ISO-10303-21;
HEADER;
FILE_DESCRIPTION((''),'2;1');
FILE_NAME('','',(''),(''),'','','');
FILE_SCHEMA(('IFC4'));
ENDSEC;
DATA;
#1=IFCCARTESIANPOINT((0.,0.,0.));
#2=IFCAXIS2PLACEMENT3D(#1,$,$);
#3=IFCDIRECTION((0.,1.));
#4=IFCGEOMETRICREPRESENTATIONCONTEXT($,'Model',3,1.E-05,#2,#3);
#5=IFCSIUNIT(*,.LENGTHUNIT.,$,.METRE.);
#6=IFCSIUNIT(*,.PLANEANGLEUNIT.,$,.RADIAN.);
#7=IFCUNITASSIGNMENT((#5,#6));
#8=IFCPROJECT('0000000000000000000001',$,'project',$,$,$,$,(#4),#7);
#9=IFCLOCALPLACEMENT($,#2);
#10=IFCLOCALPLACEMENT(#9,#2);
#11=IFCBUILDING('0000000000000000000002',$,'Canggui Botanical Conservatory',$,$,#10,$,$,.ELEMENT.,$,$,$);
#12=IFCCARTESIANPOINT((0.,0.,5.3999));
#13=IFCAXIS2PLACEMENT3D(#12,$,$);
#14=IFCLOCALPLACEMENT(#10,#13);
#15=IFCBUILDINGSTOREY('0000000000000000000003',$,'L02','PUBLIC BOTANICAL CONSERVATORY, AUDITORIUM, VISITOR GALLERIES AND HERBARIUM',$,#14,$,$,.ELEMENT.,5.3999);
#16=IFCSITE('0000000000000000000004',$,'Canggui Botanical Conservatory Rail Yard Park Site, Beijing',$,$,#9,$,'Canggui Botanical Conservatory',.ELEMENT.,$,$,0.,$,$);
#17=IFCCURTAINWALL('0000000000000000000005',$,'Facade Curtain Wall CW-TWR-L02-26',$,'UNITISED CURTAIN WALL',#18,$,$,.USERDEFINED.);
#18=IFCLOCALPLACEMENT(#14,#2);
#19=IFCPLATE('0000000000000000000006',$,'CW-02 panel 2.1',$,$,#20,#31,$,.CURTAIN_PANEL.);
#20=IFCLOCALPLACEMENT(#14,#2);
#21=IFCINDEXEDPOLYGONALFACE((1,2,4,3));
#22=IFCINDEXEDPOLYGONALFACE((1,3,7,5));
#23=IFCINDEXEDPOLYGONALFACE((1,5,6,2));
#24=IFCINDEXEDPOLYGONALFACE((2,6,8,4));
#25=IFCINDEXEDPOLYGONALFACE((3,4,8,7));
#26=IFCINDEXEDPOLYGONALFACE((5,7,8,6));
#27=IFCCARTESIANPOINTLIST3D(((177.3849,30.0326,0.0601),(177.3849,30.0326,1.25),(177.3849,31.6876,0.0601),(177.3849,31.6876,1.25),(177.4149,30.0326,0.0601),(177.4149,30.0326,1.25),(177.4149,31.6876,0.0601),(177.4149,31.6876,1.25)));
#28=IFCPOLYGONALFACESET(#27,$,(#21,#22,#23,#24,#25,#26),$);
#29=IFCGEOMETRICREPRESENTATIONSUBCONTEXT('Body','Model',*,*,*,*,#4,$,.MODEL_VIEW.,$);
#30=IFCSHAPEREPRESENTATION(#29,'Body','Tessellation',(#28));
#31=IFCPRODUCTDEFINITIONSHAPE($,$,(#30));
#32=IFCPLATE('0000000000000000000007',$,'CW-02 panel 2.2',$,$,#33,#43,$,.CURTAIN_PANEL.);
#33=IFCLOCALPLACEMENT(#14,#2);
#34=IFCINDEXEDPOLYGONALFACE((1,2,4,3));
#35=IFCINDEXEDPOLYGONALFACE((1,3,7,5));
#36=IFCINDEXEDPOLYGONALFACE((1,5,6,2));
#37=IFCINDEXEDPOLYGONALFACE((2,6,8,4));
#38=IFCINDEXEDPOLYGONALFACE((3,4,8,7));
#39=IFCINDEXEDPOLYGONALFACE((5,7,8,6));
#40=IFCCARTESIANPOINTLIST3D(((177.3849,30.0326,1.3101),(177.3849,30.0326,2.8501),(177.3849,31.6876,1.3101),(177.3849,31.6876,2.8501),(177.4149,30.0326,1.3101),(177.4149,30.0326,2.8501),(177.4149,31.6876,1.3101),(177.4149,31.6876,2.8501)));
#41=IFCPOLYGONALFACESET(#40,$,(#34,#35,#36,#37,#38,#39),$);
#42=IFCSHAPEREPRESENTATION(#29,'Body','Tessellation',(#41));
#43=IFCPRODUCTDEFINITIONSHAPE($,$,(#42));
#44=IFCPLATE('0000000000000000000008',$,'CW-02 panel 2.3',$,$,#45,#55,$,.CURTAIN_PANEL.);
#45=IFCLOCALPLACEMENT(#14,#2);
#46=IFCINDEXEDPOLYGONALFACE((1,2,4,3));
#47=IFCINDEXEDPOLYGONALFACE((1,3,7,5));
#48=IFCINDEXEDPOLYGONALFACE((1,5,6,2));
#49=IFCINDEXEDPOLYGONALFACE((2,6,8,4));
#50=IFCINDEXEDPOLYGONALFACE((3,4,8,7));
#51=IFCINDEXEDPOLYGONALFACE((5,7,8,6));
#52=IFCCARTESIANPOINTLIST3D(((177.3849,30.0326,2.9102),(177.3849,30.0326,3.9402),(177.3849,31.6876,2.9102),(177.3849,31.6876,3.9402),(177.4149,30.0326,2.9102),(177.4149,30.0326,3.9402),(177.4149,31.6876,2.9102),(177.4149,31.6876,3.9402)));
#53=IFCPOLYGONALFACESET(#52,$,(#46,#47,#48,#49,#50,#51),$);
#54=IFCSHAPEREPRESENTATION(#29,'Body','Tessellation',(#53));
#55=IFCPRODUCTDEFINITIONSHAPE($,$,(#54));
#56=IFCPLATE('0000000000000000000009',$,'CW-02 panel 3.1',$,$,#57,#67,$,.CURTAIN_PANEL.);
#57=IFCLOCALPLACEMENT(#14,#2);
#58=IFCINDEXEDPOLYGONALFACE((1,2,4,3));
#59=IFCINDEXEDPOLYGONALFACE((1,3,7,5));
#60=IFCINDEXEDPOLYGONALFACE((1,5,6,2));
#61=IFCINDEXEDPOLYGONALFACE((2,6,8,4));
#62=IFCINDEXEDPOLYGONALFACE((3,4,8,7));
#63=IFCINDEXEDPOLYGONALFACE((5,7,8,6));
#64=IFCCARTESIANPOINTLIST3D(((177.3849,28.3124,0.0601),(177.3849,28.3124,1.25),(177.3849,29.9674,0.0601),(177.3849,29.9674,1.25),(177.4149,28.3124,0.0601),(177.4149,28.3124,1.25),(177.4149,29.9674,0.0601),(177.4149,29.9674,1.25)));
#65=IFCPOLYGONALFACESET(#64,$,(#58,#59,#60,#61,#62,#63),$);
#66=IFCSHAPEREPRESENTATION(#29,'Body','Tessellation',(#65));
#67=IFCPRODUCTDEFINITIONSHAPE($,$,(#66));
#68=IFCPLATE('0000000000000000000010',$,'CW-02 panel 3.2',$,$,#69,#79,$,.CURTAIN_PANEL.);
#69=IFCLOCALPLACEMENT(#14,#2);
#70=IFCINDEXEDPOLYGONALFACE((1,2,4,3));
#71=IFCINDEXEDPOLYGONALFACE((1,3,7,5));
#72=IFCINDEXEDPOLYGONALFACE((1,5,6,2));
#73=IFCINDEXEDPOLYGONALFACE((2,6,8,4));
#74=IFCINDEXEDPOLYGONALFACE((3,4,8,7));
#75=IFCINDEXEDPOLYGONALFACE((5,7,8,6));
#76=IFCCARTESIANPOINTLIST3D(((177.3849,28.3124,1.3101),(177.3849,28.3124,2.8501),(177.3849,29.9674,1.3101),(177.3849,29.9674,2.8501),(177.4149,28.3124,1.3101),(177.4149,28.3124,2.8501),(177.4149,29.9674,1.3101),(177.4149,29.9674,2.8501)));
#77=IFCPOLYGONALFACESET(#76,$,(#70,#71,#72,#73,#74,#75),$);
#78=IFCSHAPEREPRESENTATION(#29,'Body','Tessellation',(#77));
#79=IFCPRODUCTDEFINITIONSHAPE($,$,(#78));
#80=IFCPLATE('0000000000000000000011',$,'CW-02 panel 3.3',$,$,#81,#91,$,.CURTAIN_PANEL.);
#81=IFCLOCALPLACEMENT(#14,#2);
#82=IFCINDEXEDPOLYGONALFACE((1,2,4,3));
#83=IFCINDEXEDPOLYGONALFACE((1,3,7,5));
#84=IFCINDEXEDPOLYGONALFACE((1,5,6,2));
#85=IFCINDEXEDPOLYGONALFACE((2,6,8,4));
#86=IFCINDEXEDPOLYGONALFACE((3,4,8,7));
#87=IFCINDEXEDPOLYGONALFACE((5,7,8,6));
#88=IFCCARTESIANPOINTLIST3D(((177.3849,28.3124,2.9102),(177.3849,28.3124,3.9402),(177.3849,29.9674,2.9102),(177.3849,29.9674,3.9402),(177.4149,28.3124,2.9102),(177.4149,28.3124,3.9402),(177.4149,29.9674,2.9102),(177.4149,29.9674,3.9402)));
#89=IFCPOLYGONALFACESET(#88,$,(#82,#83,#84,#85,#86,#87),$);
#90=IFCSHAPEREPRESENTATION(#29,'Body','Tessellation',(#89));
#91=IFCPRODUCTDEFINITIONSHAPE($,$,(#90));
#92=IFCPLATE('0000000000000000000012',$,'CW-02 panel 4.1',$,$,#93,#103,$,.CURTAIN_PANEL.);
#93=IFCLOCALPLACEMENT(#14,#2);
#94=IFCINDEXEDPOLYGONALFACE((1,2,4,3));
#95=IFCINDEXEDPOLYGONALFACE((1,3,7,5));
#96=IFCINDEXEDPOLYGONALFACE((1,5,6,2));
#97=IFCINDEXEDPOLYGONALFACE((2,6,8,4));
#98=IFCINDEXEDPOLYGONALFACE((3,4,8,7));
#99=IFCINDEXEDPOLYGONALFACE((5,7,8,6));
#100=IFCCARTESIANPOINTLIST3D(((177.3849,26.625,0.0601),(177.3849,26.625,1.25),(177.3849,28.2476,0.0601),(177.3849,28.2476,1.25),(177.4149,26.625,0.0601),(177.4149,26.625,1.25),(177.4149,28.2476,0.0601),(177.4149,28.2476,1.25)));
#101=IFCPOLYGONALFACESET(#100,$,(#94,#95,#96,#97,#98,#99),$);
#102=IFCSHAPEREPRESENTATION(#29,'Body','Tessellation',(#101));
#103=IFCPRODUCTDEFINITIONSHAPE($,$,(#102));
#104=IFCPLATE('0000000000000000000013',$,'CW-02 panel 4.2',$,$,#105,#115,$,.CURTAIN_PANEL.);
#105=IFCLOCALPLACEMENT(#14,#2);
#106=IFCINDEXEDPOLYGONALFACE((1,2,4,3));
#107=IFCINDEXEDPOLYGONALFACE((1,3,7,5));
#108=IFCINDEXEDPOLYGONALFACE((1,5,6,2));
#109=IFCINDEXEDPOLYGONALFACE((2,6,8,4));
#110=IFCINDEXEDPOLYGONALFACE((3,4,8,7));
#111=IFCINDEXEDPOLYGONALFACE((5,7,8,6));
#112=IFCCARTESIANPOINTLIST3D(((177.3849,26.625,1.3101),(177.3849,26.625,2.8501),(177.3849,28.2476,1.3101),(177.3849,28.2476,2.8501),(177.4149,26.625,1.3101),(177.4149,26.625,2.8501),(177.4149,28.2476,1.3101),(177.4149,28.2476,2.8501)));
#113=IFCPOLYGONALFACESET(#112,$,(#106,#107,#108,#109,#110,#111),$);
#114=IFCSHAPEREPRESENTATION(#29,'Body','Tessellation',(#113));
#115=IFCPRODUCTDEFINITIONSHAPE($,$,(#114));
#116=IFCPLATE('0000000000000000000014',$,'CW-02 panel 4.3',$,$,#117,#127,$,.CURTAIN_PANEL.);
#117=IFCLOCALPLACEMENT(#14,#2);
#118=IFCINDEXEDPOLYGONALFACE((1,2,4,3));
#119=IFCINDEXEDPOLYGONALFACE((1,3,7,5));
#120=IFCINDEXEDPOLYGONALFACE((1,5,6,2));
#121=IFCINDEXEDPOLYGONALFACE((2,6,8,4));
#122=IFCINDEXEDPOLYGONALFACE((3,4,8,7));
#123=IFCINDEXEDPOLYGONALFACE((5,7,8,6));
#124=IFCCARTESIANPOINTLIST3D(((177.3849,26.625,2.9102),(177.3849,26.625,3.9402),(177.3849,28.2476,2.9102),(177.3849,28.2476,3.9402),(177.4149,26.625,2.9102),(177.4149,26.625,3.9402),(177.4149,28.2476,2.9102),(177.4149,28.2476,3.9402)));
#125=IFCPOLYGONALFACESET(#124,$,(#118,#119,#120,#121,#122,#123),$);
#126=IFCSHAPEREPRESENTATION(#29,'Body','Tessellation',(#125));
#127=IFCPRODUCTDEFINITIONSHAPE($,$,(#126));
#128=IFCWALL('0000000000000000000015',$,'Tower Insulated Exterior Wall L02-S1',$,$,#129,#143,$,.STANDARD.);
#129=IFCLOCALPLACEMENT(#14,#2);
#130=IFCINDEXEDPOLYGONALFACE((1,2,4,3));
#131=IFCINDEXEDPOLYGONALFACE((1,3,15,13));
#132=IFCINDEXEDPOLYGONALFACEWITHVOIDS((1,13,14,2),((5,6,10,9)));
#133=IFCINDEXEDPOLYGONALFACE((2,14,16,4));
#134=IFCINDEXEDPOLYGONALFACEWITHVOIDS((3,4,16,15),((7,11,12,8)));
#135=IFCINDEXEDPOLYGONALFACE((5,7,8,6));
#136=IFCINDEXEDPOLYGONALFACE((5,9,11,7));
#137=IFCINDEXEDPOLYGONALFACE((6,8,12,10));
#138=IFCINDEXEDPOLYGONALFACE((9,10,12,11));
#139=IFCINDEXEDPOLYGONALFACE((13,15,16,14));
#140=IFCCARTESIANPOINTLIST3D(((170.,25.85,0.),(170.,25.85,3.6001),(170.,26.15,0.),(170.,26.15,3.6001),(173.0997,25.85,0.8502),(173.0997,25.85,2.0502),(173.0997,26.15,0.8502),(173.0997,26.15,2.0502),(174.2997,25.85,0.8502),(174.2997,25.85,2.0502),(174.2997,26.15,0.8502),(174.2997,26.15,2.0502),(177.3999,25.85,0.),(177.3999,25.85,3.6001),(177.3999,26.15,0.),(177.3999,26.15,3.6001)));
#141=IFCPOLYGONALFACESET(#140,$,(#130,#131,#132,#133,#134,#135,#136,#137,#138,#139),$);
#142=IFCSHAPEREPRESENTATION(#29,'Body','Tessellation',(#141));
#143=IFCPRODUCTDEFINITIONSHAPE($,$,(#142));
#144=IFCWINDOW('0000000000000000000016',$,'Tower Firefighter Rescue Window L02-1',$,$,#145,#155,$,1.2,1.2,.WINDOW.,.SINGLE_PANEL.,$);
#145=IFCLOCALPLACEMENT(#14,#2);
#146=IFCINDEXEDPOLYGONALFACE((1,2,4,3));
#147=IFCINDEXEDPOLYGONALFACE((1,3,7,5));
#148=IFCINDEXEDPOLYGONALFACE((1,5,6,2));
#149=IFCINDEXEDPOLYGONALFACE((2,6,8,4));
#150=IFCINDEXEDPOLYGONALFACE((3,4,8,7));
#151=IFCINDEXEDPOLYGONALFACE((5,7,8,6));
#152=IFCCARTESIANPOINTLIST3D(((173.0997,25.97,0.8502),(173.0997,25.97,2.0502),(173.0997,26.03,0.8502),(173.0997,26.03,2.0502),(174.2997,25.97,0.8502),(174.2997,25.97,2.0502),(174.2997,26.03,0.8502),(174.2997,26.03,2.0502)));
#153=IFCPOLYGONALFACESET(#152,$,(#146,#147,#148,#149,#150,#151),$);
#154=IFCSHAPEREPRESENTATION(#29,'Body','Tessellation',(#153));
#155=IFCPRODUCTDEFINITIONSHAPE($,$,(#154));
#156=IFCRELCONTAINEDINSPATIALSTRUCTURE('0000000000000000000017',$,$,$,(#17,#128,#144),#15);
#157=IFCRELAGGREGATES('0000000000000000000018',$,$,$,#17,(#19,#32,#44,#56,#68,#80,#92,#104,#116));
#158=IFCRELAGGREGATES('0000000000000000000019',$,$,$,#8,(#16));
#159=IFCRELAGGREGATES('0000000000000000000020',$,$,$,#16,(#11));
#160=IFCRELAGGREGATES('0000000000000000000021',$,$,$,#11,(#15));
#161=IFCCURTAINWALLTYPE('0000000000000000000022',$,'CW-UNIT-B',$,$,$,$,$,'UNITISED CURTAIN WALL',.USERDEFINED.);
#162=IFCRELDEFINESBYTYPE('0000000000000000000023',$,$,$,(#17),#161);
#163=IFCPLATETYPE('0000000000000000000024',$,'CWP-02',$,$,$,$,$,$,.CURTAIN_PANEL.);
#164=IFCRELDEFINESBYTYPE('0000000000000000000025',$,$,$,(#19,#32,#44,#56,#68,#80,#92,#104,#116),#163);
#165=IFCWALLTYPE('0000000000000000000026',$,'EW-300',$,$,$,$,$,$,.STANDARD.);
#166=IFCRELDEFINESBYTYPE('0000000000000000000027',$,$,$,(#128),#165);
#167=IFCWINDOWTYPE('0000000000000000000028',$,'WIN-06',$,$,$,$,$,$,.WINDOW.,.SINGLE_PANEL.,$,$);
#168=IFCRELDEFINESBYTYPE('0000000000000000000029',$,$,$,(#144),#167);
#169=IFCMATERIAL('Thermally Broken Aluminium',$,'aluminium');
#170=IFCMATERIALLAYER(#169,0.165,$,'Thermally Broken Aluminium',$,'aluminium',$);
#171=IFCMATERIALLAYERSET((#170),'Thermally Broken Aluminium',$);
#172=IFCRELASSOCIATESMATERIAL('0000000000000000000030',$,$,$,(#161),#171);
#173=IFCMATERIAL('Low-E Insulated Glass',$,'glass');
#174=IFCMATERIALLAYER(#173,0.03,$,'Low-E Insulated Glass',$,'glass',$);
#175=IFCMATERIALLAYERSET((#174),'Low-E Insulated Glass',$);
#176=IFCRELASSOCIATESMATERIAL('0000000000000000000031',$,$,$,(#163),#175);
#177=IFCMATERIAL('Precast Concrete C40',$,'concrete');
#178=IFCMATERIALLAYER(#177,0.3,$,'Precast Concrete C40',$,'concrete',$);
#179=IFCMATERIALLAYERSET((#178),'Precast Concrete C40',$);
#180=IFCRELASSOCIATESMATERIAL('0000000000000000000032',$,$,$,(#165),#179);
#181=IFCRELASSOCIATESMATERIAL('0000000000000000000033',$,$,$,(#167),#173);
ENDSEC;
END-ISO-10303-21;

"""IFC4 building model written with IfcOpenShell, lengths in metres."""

from ifc_helpers import new_model, si_unit, direction, frame, frame_2d, origin, origin_2d, place, context, subcontext, project, spatial, rectangle, extrude, material, layer, layer_set, type_object, element, fill, aggregate, save


model = new_model("IFC4")

# Units and contexts
model_context = context("Model", 3, precision=1e-05, world=origin(), true_north=direction((0.0, 1.0)))
body_context = subcontext(model_context, "Body", "Model", "MODEL_VIEW")
ifc_project = project(units=[si_unit("LENGTHUNIT", "METRE"), si_unit("PLANEANGLEUNIT", "RADIAN")], contexts=[model_context])

# Site, building, storey
site_placement = place(None, origin())
site = spatial("IfcSite", under=ifc_project, at=site_placement, Name="Canggui Botanical Conservatory Rail Yard Park Site, Beijing", LongName="Canggui Botanical Conservatory", CompositionType="ELEMENT", RefElevation=0.0)
building_placement = place(site_placement, origin())
building = spatial("IfcBuilding", under=site, at=building_placement, Name="Canggui Botanical Conservatory", CompositionType="ELEMENT")
storey_placement = place(building_placement, frame((0.0, 0.0, 5.3999)))
storey = spatial("IfcBuildingStorey", under=building, at=storey_placement, Name="L02", Description="PUBLIC BOTANICAL CONSERVATORY, AUDITORIUM, VISITOR GALLERIES AND HERBARIUM", CompositionType="ELEMENT", Elevation=5.3999)

# Shared definitions
ifc_material_1 = material(Name="Thermally Broken Aluminium", Category="aluminium")
ifc_layer_1 = layer(ifc_material_1, 0.165, Name="Thermally Broken Aluminium", Category="aluminium")
ifc_layer_set_1 = layer_set([ifc_layer_1], Name="Thermally Broken Aluminium")
curtain_wall_type = type_object("IfcCurtainWallType", Name="CW-UNIT-B", ElementType="UNITISED CURTAIN WALL", PredefinedType="USERDEFINED", material=ifc_layer_set_1)

# Curtain wall
curtain_wall_1_placement = place(storey_placement, origin())
curtain_wall_1 = element("IfcCurtainWall", 1, at=curtain_wall_1_placement, inside=storey, type_object=curtain_wall_type, Name="Facade Curtain Wall CW-TWR-L02-26", ObjectType="UNITISED CURTAIN WALL", PredefinedType="USERDEFINED")

# Plates
ifc_material_2 = material(Name="Low-E Insulated Glass", Category="glass")
ifc_layer_2 = layer(ifc_material_2, 0.03, Name="Low-E Insulated Glass", Category="glass")
ifc_layer_set_2 = layer_set([ifc_layer_2], Name="Low-E Insulated Glass")
plate_type = type_object("IfcPlateType", Name="CWP-02", PredefinedType="CURTAIN_PANEL", material=ifc_layer_set_2)
plate_1_placement = place(storey_placement, frame((177.3999, 30.8601, 0.0601), z_axis=(0.0, 0.0, 1.0), x_axis=(0.0, -1.0, 0.0)))
plate_1 = element("IfcPlate", 2, at=plate_1_placement, type_object=plate_type, Name="CW-02 panel 2.1", PredefinedType="CURTAIN_PANEL", context=body_context, shape_type="SweptSolid", body=[
    extrude(rectangle(XDim=1.655, YDim=0.03, at=origin_2d()), origin(), (0.0, 0.0, 1.0), 1.1899),
])
plate_2_placement = place(storey_placement, frame((177.3999, 30.8601, 1.3101), z_axis=(0.0, 0.0, 1.0), x_axis=(0.0, -1.0, 0.0)))
plate_2 = element("IfcPlate", 3, at=plate_2_placement, type_object=plate_type, Name="CW-02 panel 2.2", PredefinedType="CURTAIN_PANEL", context=body_context, shape_type="SweptSolid", body=[
    extrude(rectangle(XDim=1.655, YDim=0.03, at=origin_2d()), origin(), (0.0, 0.0, 1.0), 1.54),
])
plate_3_placement = place(storey_placement, frame((177.3999, 30.8601, 2.9102), z_axis=(0.0, 0.0, 1.0), x_axis=(0.0, -1.0, 0.0)))
plate_3 = element("IfcPlate", 4, at=plate_3_placement, type_object=plate_type, Name="CW-02 panel 2.3", PredefinedType="CURTAIN_PANEL", context=body_context, shape_type="SweptSolid", body=[
    extrude(rectangle(XDim=1.655, YDim=0.03, at=origin_2d()), origin(), (0.0, 0.0, 1.0), 1.03),
])
plate_4_placement = place(storey_placement, frame((177.3999, 29.1399, 0.0601), z_axis=(0.0, 0.0, 1.0), x_axis=(0.0, -1.0, 0.0)))
plate_4 = element("IfcPlate", 5, at=plate_4_placement, type_object=plate_type, Name="CW-02 panel 3.1", PredefinedType="CURTAIN_PANEL", context=body_context, shape_type="SweptSolid", body=[
    extrude(rectangle(XDim=1.655, YDim=0.03, at=origin_2d()), origin(), (0.0, 0.0, 1.0), 1.1899),
])
plate_5_placement = place(storey_placement, frame((177.3999, 29.1399, 1.3101), z_axis=(0.0, 0.0, 1.0), x_axis=(0.0, -1.0, 0.0)))
plate_5 = element("IfcPlate", 6, at=plate_5_placement, type_object=plate_type, Name="CW-02 panel 3.2", PredefinedType="CURTAIN_PANEL", context=body_context, shape_type="SweptSolid", body=[
    extrude(rectangle(XDim=1.655, YDim=0.03, at=origin_2d()), origin(), (0.0, 0.0, 1.0), 1.54),
])
plate_6_placement = place(storey_placement, frame((177.3999, 29.1399, 2.9102), z_axis=(0.0, 0.0, 1.0), x_axis=(0.0, -1.0, 0.0)))
plate_6 = element("IfcPlate", 7, at=plate_6_placement, type_object=plate_type, Name="CW-02 panel 3.3", PredefinedType="CURTAIN_PANEL", context=body_context, shape_type="SweptSolid", body=[
    extrude(rectangle(XDim=1.655, YDim=0.03, at=origin_2d()), origin(), (0.0, 0.0, 1.0), 1.03),
])
plate_7_placement = place(storey_placement, frame((177.3999, 27.4363, 0.0601), z_axis=(0.0, 0.0, 1.0), x_axis=(0.0, -1.0, 0.0)))
plate_7 = element("IfcPlate", 8, at=plate_7_placement, type_object=plate_type, Name="CW-02 panel 4.1", PredefinedType="CURTAIN_PANEL", context=body_context, shape_type="SweptSolid", body=[
    extrude(rectangle(XDim=1.6226, YDim=0.03, at=origin_2d()), origin(), (0.0, 0.0, 1.0), 1.1899),
])
plate_8_placement = place(storey_placement, frame((177.3999, 27.4363, 1.3101), z_axis=(0.0, 0.0, 1.0), x_axis=(0.0, -1.0, 0.0)))
plate_8 = element("IfcPlate", 9, at=plate_8_placement, type_object=plate_type, Name="CW-02 panel 4.2", PredefinedType="CURTAIN_PANEL", context=body_context, shape_type="SweptSolid", body=[
    extrude(rectangle(XDim=1.6226, YDim=0.03, at=origin_2d()), origin(), (0.0, 0.0, 1.0), 1.54),
])
plate_9_placement = place(storey_placement, frame((177.3999, 27.4363, 2.9102), z_axis=(0.0, 0.0, 1.0), x_axis=(0.0, -1.0, 0.0)))
plate_9 = element("IfcPlate", 10, at=plate_9_placement, type_object=plate_type, Name="CW-02 panel 4.3", PredefinedType="CURTAIN_PANEL", context=body_context, shape_type="SweptSolid", body=[
    extrude(rectangle(XDim=1.6226, YDim=0.03, at=origin_2d()), origin(), (0.0, 0.0, 1.0), 1.03),
])
aggregate(curtain_wall_1, [plate_1, plate_2, plate_3, plate_4, plate_5, plate_6, plate_7, plate_8, plate_9])

# Wall, opening, window
ifc_material_3 = material(Name="Precast Concrete C40", Category="concrete")
ifc_layer_3 = layer(ifc_material_3, 0.3, Name="Precast Concrete C40", Category="concrete")
ifc_layer_set_3 = layer_set([ifc_layer_3], Name="Precast Concrete C40")
wall_type = type_object("IfcWallType", Name="EW-300", PredefinedType="STANDARD", material=ifc_layer_set_3)
wall_placement = place(storey_placement, frame((177.3999, 26.0, 0.0), z_axis=(0.0, 0.0, 1.0), x_axis=(-1.0, 0.0, 0.0)))
wall = element("IfcWall", 11, at=wall_placement, inside=storey, type_object=wall_type, Name="Tower Insulated Exterior Wall L02-S1", PredefinedType="STANDARD", context=body_context, shape_type="SweptSolid", body=[
    extrude(rectangle(XDim=7.3999, YDim=0.3, at=frame_2d((3.7, 0.0))), origin(), (0.0, 0.0, 1.0), 3.6001),
])
opening_placement = place(wall_placement, frame((3.1001, 0.0, 0.8501)))
opening = element("IfcOpeningElement", 12, at=opening_placement, cuts=wall, PredefinedType="OPENING", context=body_context, shape_type="SweptSolid", body=[
    extrude(rectangle(XDim=1.2, YDim=1.2, at=frame_2d((0.6001, 0.6001))), frame((0.0, 0.1602, 0.0), z_axis=(0.0, -1.0, 0.0), x_axis=(1.0, 0.0, 0.0)), (0.0, 0.0, 1.0), 0.3201),
])
window_type = type_object("IfcWindowType", Name="WIN-06", PartitioningType="SINGLE_PANEL", PredefinedType="WINDOW", material=ifc_material_2)
window_placement = place(opening_placement, origin())
window = element("IfcWindow", 13, at=window_placement, inside=storey, type_object=window_type, Name="Tower Firefighter Rescue Window L02-1", OverallHeight=1.2, OverallWidth=1.2, PartitioningType="SINGLE_PANEL", PredefinedType="WINDOW", context=body_context, shape_type="SweptSolid", body=[
    extrude(rectangle(XDim=1.2, YDim=1.2, at=frame_2d((0.6001, 0.6001))), frame((0.0, 0.03, 0.0), z_axis=(0.0, -1.0, 0.0), x_axis=(1.0, 0.0, 0.0)), (0.0, 0.0, 1.0), 0.0601),
])
fill(opening, window)

save(model, "model.ifc")
